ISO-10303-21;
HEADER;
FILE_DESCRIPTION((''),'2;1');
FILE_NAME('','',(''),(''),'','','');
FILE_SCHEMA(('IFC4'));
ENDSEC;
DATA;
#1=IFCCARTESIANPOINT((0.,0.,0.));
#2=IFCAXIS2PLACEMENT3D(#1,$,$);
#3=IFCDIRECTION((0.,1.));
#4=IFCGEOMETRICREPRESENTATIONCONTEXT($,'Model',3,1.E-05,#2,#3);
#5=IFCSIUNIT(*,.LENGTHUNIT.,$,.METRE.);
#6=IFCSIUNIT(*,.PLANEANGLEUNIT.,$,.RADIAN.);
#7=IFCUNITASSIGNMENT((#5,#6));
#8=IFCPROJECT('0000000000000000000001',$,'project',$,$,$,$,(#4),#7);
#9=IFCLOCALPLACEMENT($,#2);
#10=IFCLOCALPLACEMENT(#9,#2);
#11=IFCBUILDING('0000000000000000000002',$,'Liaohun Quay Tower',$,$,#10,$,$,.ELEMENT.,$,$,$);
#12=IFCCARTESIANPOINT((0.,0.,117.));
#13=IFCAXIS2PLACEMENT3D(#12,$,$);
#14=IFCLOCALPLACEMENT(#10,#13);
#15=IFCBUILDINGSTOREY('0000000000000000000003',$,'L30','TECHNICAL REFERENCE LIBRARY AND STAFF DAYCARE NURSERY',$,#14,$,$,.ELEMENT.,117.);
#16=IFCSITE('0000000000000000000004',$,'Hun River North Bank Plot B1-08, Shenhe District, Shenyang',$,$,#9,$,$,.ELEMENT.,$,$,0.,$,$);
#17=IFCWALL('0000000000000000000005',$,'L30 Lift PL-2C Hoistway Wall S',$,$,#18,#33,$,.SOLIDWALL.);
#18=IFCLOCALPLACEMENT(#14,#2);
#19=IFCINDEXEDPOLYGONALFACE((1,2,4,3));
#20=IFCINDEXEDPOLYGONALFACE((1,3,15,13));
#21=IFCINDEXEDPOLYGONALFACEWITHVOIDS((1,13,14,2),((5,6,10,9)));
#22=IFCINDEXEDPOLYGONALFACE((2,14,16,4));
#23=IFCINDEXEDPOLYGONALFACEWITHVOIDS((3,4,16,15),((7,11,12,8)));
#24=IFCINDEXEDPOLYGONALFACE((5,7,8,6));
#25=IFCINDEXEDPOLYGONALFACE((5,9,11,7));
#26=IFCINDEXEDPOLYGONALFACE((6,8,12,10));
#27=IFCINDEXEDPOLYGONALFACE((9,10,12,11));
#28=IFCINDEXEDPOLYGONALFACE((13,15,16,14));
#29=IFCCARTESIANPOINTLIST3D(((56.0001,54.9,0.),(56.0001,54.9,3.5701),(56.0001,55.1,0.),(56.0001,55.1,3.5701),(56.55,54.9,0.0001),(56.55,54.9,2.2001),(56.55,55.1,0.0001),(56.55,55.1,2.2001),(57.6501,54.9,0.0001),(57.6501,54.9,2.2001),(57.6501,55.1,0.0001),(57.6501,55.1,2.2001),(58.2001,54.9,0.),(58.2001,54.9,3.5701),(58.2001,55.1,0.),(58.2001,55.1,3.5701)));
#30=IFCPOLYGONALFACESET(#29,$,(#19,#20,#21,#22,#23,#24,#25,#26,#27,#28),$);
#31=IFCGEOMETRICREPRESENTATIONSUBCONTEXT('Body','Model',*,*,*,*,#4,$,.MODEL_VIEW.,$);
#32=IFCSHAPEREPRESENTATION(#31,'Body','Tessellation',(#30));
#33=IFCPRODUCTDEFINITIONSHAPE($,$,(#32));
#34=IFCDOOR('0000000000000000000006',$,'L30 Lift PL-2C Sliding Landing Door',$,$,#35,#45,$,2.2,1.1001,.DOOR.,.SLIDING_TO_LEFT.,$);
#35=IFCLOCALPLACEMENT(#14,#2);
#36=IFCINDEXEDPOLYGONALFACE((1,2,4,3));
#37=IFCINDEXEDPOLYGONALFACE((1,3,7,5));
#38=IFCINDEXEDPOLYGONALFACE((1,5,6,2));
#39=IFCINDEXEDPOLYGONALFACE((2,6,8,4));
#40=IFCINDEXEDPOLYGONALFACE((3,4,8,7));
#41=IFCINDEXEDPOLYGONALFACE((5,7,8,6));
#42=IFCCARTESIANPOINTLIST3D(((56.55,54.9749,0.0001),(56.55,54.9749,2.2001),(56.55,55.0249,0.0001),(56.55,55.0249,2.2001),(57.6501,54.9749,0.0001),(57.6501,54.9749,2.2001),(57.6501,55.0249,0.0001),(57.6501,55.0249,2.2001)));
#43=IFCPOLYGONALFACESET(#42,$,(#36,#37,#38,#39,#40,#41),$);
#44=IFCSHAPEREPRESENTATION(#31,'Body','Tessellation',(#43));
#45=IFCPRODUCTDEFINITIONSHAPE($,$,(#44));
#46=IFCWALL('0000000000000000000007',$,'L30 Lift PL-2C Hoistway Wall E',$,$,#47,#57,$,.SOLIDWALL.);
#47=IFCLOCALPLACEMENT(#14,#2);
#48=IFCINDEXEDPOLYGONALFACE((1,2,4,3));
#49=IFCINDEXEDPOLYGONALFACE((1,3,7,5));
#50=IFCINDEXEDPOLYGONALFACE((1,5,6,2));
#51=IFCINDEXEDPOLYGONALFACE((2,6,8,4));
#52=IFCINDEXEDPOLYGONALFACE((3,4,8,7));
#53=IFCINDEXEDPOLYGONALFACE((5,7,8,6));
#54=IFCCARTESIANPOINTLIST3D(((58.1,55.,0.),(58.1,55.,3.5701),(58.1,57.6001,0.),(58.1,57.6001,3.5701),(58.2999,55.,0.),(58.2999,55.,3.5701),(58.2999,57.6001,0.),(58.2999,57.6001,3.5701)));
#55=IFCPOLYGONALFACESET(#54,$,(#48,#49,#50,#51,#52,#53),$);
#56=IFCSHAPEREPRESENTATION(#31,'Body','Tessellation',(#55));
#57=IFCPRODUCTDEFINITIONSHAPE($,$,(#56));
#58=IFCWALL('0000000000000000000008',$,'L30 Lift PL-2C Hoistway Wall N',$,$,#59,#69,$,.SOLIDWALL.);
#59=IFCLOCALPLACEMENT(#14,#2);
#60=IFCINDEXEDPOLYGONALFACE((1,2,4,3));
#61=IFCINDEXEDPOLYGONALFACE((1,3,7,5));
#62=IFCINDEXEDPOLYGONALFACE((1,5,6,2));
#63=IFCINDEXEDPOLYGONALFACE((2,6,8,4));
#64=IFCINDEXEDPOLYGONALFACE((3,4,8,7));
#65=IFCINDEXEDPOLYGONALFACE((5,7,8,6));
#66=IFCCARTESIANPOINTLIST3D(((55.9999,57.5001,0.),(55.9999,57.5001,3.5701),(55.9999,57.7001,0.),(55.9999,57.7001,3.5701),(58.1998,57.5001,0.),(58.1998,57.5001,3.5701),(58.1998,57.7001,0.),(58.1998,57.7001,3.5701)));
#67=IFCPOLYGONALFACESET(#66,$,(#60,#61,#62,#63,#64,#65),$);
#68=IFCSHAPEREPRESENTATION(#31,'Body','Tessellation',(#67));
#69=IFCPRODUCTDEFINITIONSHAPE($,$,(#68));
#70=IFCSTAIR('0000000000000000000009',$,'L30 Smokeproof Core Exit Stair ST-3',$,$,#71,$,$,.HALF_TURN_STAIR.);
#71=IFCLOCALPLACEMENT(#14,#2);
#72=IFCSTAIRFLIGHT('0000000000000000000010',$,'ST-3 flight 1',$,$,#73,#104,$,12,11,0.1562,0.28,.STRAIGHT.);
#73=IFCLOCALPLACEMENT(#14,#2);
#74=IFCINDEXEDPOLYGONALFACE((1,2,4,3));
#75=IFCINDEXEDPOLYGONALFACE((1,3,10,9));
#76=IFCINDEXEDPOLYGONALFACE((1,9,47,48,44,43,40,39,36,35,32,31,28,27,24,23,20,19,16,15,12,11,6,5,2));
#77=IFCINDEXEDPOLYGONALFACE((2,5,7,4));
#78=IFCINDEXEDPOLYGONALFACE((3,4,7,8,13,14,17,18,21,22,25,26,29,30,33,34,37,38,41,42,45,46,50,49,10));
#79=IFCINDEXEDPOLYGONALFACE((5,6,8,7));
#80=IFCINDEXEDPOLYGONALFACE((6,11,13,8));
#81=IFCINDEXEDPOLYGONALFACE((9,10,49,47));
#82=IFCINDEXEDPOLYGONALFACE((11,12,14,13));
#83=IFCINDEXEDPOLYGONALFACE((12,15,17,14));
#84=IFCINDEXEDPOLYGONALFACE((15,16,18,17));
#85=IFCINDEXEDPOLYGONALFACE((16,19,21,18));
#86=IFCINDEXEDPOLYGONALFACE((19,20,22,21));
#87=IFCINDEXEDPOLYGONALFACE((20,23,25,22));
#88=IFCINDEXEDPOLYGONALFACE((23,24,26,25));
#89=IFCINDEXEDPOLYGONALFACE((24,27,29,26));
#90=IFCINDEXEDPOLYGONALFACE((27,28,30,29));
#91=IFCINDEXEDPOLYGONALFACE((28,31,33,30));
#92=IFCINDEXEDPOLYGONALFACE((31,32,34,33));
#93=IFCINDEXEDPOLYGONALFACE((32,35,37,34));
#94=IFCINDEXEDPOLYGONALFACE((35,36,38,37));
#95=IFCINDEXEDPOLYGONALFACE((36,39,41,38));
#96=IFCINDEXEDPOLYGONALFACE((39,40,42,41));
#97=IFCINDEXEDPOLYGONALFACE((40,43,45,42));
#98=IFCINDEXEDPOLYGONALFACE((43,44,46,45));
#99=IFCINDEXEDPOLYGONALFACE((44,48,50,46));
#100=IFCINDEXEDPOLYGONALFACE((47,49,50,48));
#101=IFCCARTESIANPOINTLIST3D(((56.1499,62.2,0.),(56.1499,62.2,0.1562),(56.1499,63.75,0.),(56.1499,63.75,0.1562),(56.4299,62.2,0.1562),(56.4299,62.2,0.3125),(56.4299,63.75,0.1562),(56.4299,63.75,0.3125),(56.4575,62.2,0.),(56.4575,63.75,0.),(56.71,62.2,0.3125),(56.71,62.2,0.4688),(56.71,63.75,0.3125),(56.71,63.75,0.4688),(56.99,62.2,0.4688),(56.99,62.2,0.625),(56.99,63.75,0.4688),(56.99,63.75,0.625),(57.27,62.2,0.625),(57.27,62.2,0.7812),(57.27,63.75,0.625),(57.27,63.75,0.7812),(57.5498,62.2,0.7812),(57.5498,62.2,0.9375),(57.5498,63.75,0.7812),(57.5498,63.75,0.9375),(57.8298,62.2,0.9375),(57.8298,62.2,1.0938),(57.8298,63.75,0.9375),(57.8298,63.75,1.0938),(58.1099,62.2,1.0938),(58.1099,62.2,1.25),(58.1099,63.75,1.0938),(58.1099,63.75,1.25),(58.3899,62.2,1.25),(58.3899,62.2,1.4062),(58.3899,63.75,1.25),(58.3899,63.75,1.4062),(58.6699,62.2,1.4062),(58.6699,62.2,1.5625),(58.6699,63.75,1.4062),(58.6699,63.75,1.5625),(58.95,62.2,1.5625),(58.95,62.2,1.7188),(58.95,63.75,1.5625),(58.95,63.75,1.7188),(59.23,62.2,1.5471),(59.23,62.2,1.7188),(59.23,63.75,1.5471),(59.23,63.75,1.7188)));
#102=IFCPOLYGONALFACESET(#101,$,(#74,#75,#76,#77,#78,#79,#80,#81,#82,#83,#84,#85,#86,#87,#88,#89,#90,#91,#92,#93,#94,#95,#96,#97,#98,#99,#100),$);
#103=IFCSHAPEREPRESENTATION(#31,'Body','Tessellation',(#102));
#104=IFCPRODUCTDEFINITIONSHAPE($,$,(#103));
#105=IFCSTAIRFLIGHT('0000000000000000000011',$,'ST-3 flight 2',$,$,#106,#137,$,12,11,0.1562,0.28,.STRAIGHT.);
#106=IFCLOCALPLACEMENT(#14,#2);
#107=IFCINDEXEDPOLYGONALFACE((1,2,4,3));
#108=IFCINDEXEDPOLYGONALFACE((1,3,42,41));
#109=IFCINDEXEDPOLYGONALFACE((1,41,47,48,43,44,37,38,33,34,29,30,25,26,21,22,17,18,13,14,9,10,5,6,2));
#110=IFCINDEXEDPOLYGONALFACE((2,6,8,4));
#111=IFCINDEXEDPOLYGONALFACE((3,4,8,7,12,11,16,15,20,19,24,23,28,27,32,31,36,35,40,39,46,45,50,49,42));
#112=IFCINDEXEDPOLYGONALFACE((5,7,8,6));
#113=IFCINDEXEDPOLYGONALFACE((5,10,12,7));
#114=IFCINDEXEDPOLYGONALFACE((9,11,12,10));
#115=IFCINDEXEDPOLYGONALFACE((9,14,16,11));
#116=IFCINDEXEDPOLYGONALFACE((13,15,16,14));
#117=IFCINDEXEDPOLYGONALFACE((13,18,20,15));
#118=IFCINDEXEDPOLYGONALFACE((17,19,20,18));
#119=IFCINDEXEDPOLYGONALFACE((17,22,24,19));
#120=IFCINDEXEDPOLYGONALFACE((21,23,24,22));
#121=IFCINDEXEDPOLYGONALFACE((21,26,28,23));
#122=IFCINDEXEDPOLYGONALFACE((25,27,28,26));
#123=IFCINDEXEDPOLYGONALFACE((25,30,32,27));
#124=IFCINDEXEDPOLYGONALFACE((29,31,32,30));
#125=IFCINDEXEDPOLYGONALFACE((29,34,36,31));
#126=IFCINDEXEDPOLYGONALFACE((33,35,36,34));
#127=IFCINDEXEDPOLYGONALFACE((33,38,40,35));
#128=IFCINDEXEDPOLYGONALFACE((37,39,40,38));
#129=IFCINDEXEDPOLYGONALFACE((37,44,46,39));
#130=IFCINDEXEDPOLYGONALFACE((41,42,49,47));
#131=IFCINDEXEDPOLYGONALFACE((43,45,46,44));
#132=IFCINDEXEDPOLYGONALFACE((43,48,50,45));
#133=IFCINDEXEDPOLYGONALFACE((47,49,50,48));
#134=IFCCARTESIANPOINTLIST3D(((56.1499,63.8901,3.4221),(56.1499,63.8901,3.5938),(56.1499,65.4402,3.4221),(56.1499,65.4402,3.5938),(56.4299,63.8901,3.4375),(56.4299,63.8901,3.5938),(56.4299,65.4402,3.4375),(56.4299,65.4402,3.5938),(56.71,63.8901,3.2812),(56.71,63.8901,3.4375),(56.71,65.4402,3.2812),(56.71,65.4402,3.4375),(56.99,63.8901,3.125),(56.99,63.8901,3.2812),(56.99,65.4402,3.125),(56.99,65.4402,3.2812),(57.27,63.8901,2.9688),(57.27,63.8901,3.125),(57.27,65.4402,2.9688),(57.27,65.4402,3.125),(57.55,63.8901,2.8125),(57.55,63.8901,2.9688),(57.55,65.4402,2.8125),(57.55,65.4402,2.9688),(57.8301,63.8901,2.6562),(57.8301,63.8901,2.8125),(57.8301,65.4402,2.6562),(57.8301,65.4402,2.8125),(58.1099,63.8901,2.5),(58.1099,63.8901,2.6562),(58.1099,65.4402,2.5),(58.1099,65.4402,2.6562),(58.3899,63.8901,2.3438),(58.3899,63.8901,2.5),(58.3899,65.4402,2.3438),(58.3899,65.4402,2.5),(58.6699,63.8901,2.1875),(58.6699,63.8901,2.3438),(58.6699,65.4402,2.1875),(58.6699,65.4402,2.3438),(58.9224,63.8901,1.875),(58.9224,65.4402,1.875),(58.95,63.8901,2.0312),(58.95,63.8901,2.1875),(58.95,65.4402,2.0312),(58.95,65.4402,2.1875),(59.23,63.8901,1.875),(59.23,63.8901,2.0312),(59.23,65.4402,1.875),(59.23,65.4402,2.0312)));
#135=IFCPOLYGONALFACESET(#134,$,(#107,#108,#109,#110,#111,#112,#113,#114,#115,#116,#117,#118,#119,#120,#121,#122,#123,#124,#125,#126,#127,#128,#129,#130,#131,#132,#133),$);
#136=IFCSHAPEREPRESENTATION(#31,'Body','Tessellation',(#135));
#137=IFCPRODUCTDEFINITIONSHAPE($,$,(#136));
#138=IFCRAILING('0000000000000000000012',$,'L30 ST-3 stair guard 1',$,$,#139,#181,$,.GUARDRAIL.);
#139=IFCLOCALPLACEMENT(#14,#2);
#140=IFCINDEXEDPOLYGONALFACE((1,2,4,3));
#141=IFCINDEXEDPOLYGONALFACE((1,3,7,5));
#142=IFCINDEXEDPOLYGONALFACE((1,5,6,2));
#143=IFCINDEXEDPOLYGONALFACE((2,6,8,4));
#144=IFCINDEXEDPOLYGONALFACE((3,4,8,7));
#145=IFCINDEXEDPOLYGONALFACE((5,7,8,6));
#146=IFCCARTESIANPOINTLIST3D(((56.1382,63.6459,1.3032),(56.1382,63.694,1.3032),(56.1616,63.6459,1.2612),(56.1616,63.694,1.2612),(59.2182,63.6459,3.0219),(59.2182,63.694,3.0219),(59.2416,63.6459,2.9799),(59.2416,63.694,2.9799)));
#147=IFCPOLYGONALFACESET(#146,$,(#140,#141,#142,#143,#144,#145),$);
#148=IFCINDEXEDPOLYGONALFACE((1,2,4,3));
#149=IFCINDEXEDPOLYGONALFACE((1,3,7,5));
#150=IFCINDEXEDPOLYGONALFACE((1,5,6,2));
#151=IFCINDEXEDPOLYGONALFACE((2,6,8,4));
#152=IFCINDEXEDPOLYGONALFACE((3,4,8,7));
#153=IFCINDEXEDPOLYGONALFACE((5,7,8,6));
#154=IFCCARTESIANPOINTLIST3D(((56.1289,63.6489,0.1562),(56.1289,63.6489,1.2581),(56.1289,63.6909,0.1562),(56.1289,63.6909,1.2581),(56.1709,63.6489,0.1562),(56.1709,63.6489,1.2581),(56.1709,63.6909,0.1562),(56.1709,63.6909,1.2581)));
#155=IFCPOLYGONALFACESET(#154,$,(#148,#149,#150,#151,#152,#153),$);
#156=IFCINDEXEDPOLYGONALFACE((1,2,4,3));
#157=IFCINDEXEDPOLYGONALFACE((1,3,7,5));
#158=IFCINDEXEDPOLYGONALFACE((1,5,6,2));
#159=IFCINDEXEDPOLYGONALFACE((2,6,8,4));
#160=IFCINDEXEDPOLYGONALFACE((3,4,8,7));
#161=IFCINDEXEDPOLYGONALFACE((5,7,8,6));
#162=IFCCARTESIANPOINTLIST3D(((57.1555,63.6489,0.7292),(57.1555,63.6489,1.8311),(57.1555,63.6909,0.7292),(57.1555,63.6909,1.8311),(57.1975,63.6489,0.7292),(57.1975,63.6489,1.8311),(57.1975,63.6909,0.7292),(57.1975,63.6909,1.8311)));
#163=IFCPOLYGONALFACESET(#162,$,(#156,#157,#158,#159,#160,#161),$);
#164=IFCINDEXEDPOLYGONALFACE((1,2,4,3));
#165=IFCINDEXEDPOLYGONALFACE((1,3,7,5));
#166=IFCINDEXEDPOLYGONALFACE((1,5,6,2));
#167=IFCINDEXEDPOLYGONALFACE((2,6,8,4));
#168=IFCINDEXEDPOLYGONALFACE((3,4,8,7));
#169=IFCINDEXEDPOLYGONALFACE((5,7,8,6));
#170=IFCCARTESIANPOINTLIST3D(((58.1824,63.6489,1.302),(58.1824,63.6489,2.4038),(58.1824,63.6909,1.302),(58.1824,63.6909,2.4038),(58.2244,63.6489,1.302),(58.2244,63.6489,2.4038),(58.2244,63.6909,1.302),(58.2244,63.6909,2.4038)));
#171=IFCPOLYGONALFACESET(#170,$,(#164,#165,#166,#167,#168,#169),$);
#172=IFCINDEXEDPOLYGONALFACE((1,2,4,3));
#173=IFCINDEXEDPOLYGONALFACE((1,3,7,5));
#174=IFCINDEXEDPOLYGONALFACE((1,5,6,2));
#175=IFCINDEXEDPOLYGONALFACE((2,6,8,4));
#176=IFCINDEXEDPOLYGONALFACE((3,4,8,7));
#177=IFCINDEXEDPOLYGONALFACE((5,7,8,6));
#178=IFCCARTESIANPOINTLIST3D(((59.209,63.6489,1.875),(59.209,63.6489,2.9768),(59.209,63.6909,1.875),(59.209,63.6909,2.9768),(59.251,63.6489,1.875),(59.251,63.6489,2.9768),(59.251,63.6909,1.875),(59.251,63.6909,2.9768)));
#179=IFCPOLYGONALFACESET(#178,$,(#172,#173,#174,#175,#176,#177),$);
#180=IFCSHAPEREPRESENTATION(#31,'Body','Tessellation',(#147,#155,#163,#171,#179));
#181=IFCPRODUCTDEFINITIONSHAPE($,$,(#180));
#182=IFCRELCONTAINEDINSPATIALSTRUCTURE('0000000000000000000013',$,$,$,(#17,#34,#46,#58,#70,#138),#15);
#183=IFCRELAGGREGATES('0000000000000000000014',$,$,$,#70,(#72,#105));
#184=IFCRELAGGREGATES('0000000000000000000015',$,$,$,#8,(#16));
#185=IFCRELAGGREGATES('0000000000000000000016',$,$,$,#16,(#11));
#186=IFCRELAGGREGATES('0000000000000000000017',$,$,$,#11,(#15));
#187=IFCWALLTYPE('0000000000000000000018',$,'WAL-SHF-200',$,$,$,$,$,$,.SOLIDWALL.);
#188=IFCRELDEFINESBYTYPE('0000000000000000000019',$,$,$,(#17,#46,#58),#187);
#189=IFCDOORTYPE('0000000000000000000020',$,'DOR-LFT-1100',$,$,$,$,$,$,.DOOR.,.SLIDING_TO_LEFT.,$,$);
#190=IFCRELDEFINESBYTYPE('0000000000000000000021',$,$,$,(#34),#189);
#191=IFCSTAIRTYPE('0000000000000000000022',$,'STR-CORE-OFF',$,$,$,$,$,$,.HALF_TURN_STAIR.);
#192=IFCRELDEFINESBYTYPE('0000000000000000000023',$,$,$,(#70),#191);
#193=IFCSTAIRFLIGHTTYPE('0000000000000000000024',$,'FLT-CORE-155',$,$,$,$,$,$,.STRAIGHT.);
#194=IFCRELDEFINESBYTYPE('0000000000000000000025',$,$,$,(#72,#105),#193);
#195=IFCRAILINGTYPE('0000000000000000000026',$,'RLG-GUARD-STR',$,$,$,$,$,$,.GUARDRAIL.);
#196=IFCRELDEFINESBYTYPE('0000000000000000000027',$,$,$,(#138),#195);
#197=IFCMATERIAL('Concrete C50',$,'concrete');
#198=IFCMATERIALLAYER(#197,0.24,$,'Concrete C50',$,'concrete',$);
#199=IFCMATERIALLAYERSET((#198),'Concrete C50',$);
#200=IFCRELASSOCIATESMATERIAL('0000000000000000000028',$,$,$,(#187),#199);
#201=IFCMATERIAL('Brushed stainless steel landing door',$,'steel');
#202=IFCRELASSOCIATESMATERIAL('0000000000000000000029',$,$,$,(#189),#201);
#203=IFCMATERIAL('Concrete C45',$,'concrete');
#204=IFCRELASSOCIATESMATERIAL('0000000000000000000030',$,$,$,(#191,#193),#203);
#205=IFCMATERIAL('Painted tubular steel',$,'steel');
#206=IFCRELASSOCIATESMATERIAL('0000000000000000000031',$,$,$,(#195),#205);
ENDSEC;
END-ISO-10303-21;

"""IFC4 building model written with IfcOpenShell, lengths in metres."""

from ifc_helpers import new_model, si_unit, direction, frame, frame_2d, origin, origin_2d, place, context, subcontext, project, spatial, polyline, rectangle, outline, extrude, source, transform, mapped, material, layer, layer_set, type_object, element, fill, aggregate, save


model = new_model("IFC4")

# Units and contexts
model_context = context("Model", 3, precision=1e-05, world=origin(), true_north=direction((0.0, 1.0)))
body_context = subcontext(model_context, "Body", "Model", "MODEL_VIEW")
ifc_project = project(units=[si_unit("LENGTHUNIT", "METRE"), si_unit("PLANEANGLEUNIT", "RADIAN")], contexts=[model_context])

# Site, building, storey
site_placement = place(None, origin())
site = spatial("IfcSite", under=ifc_project, at=site_placement, Name="Hun River North Bank Plot B1-08, Shenhe District, Shenyang", CompositionType="ELEMENT", RefElevation=0.0)
building_placement = place(site_placement, origin())
building = spatial("IfcBuilding", under=site, at=building_placement, Name="Liaohun Quay Tower", CompositionType="ELEMENT")
storey_placement = place(building_placement, frame((0.0, 0.0, 117.0)))
storey = spatial("IfcBuildingStorey", under=building, at=storey_placement, Name="L30", Description="TECHNICAL REFERENCE LIBRARY AND STAFF DAYCARE NURSERY", CompositionType="ELEMENT", Elevation=117.0)

# Shared definitions
ifc_material_1 = material(Name="Concrete C50", Category="concrete")
ifc_layer_1 = layer(ifc_material_1, 0.24, Name="Concrete C50", Category="concrete")
ifc_layer_set_1 = layer_set([ifc_layer_1], Name="Concrete C50")
wall_type_1 = type_object("IfcWallType", Name="WAL-SHF-200", PredefinedType="SOLIDWALL", material=ifc_layer_set_1)

# Wall, opening, door
wall_1_placement = place(storey_placement, frame((56.0, 55.0, 0.0), z_axis=(0.0, 0.0, 1.0), x_axis=(1.0, 0.0, 0.0)))
wall_1 = element("IfcWall", 1, at=wall_1_placement, inside=storey, type_object=wall_type_1, Name="L30 Lift PL-2C Hoistway Wall S", PredefinedType="SOLIDWALL", context=body_context, shape_type="SweptSolid", body=[
    extrude(rectangle(XDim=2.2, YDim=0.2, at=frame_2d((1.1001, 0.0))), origin(), (0.0, 0.0, 1.0), 3.5701),
])
shared_shape_1 = source(origin(), body_context, "Body", "SweptSolid", [
    extrude(rectangle(XDim=1.1001, YDim=2.2, at=frame_2d((0.55, 1.1001))), frame((0.0, 0.1099, 0.0), z_axis=(0.0, -1.0, 0.0), x_axis=(1.0, 0.0, 0.0)), (0.0, 0.0, 1.0), 0.22),
])
opening_1_placement = place(wall_1_placement, frame((0.55, 0.0, 0.0)))
opening_1 = element("IfcOpeningElement", 2, at=opening_1_placement, cuts=wall_1, PredefinedType="OPENING", context=body_context, shape_type="MappedRepresentation", body=[
    mapped(shared_shape_1, transform((0.0, 0.0, 0.0), x_axis=(1.0, 0.0, 0.0), y_axis=(0.0, 1.0, 0.0), z_axis=(0.0, 0.0, 1.0), scale=1.0)),
])
ifc_material_2 = material(Name="Brushed stainless steel landing door", Category="steel")
door_type_1 = type_object("IfcDoorType", Name="DOR-LFT-1100", OperationType="SLIDING_TO_LEFT", PredefinedType="DOOR", material=ifc_material_2)
shared_shape_2 = source(origin(), body_context, "Body", "SweptSolid", [
    extrude(rectangle(XDim=1.1001, YDim=2.2, at=frame_2d((0.55, 1.1001))), frame((0.0, 0.0249, 0.0), z_axis=(0.0, -1.0, 0.0), x_axis=(1.0, 0.0, 0.0)), (0.0, 0.0, 1.0), 0.05),
])
door_1_placement = place(opening_1_placement, origin())
door_1 = element("IfcDoor", 3, at=door_1_placement, inside=storey, type_object=door_type_1, Name="L30 Lift PL-2C Sliding Landing Door", OperationType="SLIDING_TO_LEFT", OverallHeight=2.2, OverallWidth=1.1001, PredefinedType="DOOR", context=body_context, shape_type="MappedRepresentation", body=[
    mapped(shared_shape_2, transform((0.0, 0.0, 0.0), x_axis=(1.0, 0.0, 0.0), y_axis=(0.0, 1.0, 0.0), z_axis=(0.0, 0.0, 1.0), scale=1.0)),
])
fill(opening_1, door_1)

# Walls
wall_2_placement = place(storey_placement, frame((58.2, 55.0, 0.0), z_axis=(0.0, 0.0, 1.0), x_axis=(0.0, 1.0, 0.0)))
element("IfcWall", 4, at=wall_2_placement, inside=storey, type_object=wall_type_1, Name="L30 Lift PL-2C Hoistway Wall E", PredefinedType="SOLIDWALL", context=body_context, shape_type="SweptSolid", body=[
    extrude(rectangle(XDim=2.6001, YDim=0.2, at=frame_2d((1.3, 0.0))), origin(), (0.0, 0.0, 1.0), 3.5701),
])
wall_3_placement = place(storey_placement, frame((58.2, 57.6001, 0.0), z_axis=(0.0, 0.0, 1.0), x_axis=(-1.0, 0.0, 0.0)))
element("IfcWall", 5, at=wall_3_placement, inside=storey, type_object=wall_type_1, Name="L30 Lift PL-2C Hoistway Wall N", PredefinedType="SOLIDWALL", context=body_context, shape_type="SweptSolid", body=[
    extrude(rectangle(XDim=2.2, YDim=0.2, at=frame_2d((1.1001, 0.0))), origin(), (0.0, 0.0, 1.0), 3.5701),
])

# Stair, stair flights
ifc_material_3 = material(Name="Concrete C45", Category="concrete")
stair_type = type_object("IfcStairType", Name="STR-CORE-OFF", PredefinedType="HALF_TURN_STAIR", material=ifc_material_3)
stair_placement = place(storey_placement, origin())
stair = element("IfcStair", 6, at=stair_placement, inside=storey, type_object=stair_type, Name="L30 Smokeproof Core Exit Stair ST-3", PredefinedType="HALF_TURN_STAIR")
stair_flight_type = type_object("IfcStairFlightType", Name="FLT-CORE-155", PredefinedType="STRAIGHT", material=ifc_material_3)
stair_flight_1_placement = place(storey_placement, frame((56.1499, 62.9751, 0.0), z_axis=(0.0, 0.0, 1.0), x_axis=(1.0, 0.0, 0.0)))
stair_flight_1 = element("IfcStairFlight", 7, at=stair_flight_1_placement, type_object=stair_flight_type, Name="ST-3 flight 1", NumberOfRisers=12, NumberOfTreads=11, PredefinedType="STRAIGHT", RiserHeight=0.1562, TreadLength=0.28, context=body_context, shape_type="SweptSolid", body=[
    extrude(outline(polyline([(0.0, 0.0), (0.0, 0.1562), (0.28, 0.1562), (0.28, 0.3125), (0.5601, 0.3125), (0.5601, 0.4688), (0.8401, 0.4688), (0.8401, 0.625), (1.1201, 0.625), (1.1201, 0.7812), (1.3999, 0.7812), (1.3999, 0.9375), (1.6799, 0.9375), (1.6799, 1.0938), (1.96, 1.0938), (1.96, 1.25), (2.24, 1.25), (2.24, 1.4062), (2.52, 1.4062), (2.52, 1.5625), (2.8, 1.5625), (2.8, 1.7188), (3.0801, 1.7188), (3.0801, 1.875), (3.0801, 1.5471), (0.3076, 0.0), (0.0, 0.0)])), frame((0.0, 0.7749, 0.0), z_axis=(0.0, -1.0, 0.0), x_axis=(1.0, 0.0, 0.0)), (0.0, 0.0, 1.0), 1.55),
])
stair_flight_2_placement = place(storey_placement, frame((59.23, 64.665, 1.875), z_axis=(0.0, 0.0, 1.0), x_axis=(-1.0, 0.0, 0.0)))
stair_flight_2 = element("IfcStairFlight", 8, at=stair_flight_2_placement, type_object=stair_flight_type, Name="ST-3 flight 2", NumberOfRisers=12, NumberOfTreads=11, PredefinedType="STRAIGHT", RiserHeight=0.1562, TreadLength=0.28, context=body_context, shape_type="SweptSolid", body=[
    extrude(outline(polyline([(0.0, 0.0), (0.0, 0.1562), (0.28, 0.1562), (0.28, 0.3125), (0.5601, 0.3125), (0.5601, 0.4688), (0.8401, 0.4688), (0.8401, 0.625), (1.1201, 0.625), (1.1201, 0.7812), (1.3999, 0.7812), (1.3999, 0.9375), (1.6799, 0.9375), (1.6799, 1.0938), (1.96, 1.0938), (1.96, 1.25), (2.24, 1.25), (2.24, 1.4062), (2.52, 1.4062), (2.52, 1.5625), (2.8, 1.5625), (2.8, 1.7188), (3.0801, 1.7188), (3.0801, 1.875), (3.0801, 1.5471), (0.3076, 0.0), (0.0, 0.0)])), frame((0.0, 0.7749, 0.0), z_axis=(0.0, -1.0, 0.0), x_axis=(1.0, 0.0, 0.0)), (0.0, 0.0, 1.0), 1.55),
])
aggregate(stair, [stair_flight_1, stair_flight_2])

# Railing
ifc_material_4 = material(Name="Painted tubular steel", Category="steel")
railing_type_1 = type_object("IfcRailingType", Name="RLG-GUARD-STR", PredefinedType="GUARDRAIL", material=ifc_material_4)
railing_1_placement = place(storey_placement, frame((56.1499, 63.6699, 0.1562)))
element("IfcRailing", 9, at=railing_1_placement, inside=storey, type_object=railing_type_1, Name="L30 ST-3 stair guard 1", PredefinedType="GUARDRAIL", context=body_context, shape_type="SweptSolid", body=[
    extrude(rectangle(XDim=0.0481, YDim=0.0481, at=origin_2d()), frame((0.0, 0.0, 1.126), z_axis=(0.873242, 0.0, 0.487288), x_axis=(0.0, 1.0, 0.0)), (0.0, 0.0, 1.0), 3.5271),
    extrude(rectangle(XDim=0.042, YDim=0.042, at=origin_2d()), origin(), (0.0, 0.0, 1.0), 1.1018),
    extrude(rectangle(XDim=0.042, YDim=0.042, at=origin_2d()), frame((1.0266, 0.0, 0.573)), (0.0, 0.0, 1.0), 1.1018),
    extrude(rectangle(XDim=0.042, YDim=0.042, at=origin_2d()), frame((2.0535, 0.0, 1.1458)), (0.0, 0.0, 1.0), 1.1018),
    extrude(rectangle(XDim=0.042, YDim=0.042, at=origin_2d()), frame((3.0801, 0.0, 1.7188)), (0.0, 0.0, 1.0), 1.1018),
])

save(model, "model.ifc")
